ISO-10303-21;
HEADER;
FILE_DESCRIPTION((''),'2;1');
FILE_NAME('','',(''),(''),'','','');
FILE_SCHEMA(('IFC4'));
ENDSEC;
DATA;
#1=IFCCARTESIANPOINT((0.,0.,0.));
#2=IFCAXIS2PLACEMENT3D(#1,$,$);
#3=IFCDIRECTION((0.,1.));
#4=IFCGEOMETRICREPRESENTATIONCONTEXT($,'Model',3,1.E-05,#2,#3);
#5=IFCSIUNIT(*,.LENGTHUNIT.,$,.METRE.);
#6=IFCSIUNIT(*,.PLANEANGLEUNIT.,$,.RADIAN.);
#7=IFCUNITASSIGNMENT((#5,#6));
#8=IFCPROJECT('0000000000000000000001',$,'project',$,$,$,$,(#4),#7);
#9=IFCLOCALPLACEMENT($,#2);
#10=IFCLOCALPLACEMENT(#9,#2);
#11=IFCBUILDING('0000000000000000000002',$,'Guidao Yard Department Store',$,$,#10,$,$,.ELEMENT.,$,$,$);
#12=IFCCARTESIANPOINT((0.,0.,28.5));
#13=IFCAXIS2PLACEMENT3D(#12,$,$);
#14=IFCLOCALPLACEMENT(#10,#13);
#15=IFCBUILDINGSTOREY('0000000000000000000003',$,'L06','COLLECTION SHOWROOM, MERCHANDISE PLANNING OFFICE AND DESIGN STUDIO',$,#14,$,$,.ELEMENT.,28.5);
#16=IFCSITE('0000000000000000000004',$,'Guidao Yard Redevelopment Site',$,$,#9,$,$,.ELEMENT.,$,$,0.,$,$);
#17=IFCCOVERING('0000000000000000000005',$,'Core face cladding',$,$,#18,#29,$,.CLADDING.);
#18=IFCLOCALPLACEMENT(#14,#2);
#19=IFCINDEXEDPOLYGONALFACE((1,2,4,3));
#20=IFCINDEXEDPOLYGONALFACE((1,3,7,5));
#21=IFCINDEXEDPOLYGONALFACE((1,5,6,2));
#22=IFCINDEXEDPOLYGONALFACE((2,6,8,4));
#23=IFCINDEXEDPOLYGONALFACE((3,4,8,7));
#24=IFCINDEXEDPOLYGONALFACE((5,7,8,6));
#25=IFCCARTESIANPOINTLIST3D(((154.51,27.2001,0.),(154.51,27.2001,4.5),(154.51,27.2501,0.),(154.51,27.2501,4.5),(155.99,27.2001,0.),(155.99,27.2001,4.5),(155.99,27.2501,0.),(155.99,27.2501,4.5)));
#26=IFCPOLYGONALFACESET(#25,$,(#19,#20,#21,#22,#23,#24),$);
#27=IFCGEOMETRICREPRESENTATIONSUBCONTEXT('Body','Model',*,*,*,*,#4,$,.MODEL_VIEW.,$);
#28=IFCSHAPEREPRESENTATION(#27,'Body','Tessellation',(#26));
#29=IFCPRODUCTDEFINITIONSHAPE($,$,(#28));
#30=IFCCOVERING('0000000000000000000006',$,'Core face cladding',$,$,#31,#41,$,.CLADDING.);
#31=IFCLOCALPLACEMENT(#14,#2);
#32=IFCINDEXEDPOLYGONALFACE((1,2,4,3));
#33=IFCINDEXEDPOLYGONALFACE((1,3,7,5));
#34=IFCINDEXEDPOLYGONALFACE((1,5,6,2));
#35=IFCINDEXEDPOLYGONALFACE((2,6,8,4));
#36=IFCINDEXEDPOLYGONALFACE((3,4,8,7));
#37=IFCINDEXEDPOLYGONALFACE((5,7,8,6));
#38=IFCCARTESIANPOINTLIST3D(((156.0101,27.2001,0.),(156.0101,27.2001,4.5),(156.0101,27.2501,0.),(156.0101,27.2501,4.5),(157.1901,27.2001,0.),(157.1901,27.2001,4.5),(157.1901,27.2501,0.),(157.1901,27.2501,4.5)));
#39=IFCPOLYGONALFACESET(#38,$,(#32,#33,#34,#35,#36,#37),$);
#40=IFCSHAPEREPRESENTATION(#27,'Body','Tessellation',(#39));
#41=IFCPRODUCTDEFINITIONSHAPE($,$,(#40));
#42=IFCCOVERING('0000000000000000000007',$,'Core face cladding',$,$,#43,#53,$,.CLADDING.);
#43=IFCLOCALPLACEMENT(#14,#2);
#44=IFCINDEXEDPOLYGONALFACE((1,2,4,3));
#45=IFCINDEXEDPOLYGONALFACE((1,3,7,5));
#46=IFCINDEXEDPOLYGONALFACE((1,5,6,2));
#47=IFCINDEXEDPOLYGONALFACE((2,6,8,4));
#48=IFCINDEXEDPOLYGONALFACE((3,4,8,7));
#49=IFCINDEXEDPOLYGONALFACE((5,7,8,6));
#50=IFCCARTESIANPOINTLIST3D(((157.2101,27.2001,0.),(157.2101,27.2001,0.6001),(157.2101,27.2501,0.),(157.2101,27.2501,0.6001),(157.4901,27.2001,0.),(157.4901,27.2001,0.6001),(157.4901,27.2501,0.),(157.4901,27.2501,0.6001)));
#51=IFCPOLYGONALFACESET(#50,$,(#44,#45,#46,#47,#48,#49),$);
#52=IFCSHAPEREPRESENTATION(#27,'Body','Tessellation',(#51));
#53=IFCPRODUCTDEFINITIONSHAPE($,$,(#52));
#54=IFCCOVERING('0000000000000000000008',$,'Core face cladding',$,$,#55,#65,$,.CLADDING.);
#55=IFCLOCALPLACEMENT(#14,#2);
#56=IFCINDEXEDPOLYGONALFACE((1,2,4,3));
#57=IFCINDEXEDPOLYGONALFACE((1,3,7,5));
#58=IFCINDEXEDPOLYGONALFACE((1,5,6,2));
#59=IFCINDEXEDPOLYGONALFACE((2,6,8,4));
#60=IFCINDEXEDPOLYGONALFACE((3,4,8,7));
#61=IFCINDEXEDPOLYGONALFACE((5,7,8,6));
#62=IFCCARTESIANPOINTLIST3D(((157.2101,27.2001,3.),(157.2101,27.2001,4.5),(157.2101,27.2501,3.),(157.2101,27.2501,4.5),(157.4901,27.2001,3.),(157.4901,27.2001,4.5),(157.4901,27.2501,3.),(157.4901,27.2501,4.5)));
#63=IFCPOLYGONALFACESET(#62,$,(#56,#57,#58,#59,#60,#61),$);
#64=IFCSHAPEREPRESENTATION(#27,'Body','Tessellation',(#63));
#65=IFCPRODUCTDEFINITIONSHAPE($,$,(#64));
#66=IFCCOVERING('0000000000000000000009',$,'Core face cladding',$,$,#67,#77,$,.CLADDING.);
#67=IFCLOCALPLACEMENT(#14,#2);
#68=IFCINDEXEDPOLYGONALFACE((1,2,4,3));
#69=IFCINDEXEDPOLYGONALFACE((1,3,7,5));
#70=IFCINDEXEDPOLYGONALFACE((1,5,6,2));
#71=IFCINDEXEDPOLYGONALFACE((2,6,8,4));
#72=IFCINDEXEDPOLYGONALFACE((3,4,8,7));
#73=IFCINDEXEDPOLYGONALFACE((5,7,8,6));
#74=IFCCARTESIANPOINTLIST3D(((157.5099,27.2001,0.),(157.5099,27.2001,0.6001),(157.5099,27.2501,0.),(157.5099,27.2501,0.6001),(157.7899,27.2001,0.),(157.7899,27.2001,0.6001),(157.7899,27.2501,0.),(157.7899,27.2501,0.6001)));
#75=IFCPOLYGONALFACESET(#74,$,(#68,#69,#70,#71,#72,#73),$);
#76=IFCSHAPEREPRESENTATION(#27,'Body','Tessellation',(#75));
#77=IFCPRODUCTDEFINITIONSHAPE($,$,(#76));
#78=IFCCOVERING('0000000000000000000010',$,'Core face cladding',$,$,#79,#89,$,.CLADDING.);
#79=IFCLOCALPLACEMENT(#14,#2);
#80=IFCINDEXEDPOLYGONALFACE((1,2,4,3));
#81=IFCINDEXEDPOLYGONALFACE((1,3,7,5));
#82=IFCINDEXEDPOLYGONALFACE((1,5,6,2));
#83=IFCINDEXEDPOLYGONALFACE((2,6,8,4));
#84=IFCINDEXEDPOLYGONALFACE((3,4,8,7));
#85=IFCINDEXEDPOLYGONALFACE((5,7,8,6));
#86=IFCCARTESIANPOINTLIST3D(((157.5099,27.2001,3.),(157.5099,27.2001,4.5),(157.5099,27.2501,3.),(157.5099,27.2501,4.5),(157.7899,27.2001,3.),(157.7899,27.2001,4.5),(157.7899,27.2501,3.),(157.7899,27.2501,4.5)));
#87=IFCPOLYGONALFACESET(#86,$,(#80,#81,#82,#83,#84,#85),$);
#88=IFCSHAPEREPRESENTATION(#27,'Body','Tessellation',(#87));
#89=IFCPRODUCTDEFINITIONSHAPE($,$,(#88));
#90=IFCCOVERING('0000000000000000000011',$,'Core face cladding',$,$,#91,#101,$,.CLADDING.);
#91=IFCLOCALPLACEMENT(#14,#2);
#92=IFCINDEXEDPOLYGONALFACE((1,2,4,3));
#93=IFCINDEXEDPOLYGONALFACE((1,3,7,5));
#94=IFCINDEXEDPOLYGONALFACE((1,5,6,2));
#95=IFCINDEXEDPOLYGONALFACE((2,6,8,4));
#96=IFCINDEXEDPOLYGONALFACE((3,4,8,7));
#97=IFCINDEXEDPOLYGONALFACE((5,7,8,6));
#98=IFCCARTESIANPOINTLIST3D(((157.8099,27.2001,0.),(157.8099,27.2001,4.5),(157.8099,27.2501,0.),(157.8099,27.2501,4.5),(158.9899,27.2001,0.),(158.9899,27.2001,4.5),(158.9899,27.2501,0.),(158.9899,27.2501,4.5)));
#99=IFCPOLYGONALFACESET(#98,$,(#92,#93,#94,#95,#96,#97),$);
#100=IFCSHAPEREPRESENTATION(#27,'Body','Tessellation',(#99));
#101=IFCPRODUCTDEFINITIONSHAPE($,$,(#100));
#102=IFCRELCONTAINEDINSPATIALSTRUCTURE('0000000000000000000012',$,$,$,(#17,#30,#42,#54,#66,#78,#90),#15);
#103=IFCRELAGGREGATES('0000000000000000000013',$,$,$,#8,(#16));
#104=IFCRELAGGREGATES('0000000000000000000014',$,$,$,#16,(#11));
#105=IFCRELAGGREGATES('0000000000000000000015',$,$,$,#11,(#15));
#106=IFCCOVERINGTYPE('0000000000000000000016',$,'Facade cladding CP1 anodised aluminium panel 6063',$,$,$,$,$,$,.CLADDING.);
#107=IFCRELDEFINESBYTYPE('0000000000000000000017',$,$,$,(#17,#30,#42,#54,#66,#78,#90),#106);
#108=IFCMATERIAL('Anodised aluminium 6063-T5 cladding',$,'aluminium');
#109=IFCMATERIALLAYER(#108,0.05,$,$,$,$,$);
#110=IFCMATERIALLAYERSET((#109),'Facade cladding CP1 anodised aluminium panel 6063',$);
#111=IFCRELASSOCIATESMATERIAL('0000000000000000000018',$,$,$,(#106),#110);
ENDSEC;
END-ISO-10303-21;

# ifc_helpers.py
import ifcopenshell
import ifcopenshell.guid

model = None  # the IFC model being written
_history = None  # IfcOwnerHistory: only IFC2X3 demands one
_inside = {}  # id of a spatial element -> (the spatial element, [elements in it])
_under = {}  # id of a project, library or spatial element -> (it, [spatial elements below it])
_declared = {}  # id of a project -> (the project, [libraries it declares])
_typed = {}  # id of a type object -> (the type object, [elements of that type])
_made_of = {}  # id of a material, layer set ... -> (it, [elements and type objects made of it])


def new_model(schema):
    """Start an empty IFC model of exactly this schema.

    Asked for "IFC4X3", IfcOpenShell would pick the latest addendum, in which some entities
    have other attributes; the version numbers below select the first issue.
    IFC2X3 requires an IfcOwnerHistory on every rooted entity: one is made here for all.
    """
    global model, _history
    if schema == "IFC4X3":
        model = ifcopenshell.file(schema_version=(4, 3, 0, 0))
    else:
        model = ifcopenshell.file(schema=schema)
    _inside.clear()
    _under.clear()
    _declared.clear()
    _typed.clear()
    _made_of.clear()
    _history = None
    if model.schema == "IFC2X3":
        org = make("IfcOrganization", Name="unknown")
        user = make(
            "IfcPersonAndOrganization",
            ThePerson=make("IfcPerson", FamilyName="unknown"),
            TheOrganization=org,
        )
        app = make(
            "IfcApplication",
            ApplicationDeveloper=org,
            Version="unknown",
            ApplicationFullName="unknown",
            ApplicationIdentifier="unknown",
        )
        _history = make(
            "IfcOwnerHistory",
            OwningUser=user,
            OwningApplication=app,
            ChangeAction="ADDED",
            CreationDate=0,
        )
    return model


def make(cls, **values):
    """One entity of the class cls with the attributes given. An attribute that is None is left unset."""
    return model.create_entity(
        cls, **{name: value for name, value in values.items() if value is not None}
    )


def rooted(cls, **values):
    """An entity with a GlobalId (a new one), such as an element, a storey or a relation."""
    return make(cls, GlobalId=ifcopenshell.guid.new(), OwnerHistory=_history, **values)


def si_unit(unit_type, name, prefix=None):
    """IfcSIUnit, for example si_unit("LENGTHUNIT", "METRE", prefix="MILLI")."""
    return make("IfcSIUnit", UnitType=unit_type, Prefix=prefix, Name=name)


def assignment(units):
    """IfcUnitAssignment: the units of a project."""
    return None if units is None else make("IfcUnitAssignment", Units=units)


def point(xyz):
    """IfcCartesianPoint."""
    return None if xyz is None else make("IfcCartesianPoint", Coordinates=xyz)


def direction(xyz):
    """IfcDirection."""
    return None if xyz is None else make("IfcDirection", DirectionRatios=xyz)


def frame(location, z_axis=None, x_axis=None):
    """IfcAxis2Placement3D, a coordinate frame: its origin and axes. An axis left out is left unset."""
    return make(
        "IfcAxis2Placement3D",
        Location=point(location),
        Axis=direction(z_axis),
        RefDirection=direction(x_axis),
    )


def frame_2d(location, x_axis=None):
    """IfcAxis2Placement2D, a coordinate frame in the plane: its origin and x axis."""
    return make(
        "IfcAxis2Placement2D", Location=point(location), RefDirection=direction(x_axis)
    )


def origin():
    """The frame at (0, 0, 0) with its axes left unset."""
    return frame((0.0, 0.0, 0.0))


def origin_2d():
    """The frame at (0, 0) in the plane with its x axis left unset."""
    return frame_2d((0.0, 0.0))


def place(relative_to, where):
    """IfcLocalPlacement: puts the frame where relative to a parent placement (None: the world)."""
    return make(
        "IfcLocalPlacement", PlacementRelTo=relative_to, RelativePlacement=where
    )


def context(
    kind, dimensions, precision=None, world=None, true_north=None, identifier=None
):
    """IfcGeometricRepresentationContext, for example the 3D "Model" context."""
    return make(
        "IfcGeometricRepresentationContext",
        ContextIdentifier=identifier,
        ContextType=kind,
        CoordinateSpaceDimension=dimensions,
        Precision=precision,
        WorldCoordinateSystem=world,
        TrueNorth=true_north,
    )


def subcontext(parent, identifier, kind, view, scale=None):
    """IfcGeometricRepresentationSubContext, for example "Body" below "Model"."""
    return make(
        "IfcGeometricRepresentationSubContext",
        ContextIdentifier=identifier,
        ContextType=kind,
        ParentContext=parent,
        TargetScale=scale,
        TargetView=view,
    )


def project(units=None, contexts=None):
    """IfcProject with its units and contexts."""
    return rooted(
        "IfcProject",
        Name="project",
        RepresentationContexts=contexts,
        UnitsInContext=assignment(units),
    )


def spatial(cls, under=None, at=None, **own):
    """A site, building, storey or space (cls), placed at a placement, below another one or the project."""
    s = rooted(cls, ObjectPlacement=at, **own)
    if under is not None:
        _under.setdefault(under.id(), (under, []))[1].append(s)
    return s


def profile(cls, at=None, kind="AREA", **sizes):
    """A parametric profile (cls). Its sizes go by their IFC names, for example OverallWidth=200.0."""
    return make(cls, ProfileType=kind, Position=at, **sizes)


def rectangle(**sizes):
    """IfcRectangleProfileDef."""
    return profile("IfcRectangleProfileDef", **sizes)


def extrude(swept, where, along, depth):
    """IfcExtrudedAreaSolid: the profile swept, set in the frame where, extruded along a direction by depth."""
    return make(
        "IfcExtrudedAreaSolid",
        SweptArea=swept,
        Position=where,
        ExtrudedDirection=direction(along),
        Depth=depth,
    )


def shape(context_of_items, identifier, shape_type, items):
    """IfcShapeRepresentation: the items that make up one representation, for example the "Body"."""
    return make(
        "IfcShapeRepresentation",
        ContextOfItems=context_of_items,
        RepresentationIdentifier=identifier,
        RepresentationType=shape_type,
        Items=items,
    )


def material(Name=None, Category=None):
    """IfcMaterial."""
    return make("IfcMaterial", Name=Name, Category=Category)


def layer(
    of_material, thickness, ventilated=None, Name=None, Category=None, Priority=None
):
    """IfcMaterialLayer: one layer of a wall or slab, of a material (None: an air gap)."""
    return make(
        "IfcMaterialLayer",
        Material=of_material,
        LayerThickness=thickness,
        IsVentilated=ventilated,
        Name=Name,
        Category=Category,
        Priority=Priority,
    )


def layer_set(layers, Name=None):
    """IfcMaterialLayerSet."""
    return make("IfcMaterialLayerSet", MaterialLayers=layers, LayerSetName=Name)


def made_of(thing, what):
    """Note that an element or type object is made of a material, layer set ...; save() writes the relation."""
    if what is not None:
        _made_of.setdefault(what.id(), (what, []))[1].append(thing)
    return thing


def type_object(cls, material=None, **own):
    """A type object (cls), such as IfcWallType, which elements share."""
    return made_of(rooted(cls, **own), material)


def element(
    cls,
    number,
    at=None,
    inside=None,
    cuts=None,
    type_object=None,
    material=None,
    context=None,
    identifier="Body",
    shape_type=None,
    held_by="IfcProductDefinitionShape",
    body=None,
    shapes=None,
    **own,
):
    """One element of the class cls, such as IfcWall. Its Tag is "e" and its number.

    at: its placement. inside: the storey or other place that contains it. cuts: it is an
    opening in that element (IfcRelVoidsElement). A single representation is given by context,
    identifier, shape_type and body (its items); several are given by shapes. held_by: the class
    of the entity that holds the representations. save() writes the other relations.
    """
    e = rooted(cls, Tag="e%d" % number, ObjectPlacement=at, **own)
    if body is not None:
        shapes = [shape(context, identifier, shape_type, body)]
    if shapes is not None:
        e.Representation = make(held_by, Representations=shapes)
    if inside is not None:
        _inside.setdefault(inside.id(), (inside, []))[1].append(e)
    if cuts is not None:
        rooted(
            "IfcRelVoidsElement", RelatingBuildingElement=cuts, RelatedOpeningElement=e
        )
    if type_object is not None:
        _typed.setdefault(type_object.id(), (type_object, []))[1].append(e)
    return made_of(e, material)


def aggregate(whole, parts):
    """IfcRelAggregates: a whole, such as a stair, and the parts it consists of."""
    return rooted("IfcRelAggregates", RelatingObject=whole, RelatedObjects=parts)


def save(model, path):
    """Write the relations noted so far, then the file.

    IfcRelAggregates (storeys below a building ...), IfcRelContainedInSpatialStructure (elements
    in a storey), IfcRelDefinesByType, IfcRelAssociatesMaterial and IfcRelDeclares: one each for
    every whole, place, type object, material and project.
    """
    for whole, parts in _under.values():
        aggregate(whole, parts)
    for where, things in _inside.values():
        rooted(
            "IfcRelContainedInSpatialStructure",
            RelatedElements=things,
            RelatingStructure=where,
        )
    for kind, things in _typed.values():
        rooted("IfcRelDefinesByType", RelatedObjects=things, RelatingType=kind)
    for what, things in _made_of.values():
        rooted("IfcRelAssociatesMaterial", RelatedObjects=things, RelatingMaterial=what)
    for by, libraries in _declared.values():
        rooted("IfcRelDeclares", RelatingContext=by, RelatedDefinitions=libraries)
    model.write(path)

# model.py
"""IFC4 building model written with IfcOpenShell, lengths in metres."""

from ifc_helpers import new_model, si_unit, direction, frame, origin, origin_2d, place, context, subcontext, project, spatial, rectangle, extrude, material, layer, layer_set, type_object, element, save


model = new_model("IFC4")

# Units and contexts
model_context = context("Model", 3, precision=1e-05, world=origin(), true_north=direction((0.0, 1.0)))
body_context = subcontext(model_context, "Body", "Model", "MODEL_VIEW")
ifc_project = project(units=[si_unit("LENGTHUNIT", "METRE"), si_unit("PLANEANGLEUNIT", "RADIAN")], contexts=[model_context])

# Site, building, storey
site_placement = place(None, origin())
site = spatial("IfcSite", under=ifc_project, at=site_placement, Name="Guidao Yard Redevelopment Site", CompositionType="ELEMENT", RefElevation=0.0)
building_placement = place(site_placement, origin())
building = spatial("IfcBuilding", under=site, at=building_placement, Name="Guidao Yard Department Store", CompositionType="ELEMENT")
storey_placement = place(building_placement, frame((0.0, 0.0, 28.5)))
storey = spatial("IfcBuildingStorey", under=building, at=storey_placement, Name="L06", Description="COLLECTION SHOWROOM, MERCHANDISE PLANNING OFFICE AND DESIGN STUDIO", CompositionType="ELEMENT", Elevation=28.5)

# Coverings
ifc_material_1 = material(Name="Anodised aluminium 6063-T5 cladding", Category="aluminium")
ifc_layer_1 = layer(ifc_material_1, 0.05)
ifc_layer_set_1 = layer_set([ifc_layer_1], Name="Facade cladding CP1 anodised aluminium panel 6063")
covering_type = type_object("IfcCoveringType", Name="Facade cladding CP1 anodised aluminium panel 6063", PredefinedType="CLADDING", material=ifc_layer_set_1)
for number, where, z_axis, x_axis, name in (
    (1, (155.25, 27.2251, 0.0), (0.0, 0.0, 1.0), (1.0, 0.0, 0.0), "Core face cladding"),
):
    element("IfcCovering", number, at=place(storey_placement, frame(where, z_axis=z_axis, x_axis=x_axis)), inside=storey, type_object=covering_type, Name=name, PredefinedType="CLADDING", context=body_context, shape_type="SweptSolid", body=[
        extrude(rectangle(XDim=1.48, YDim=0.05, at=origin_2d()), origin(), (0.0, 0.0, 1.0), 4.5),
    ])
covering_1_placement = place(storey_placement, frame((156.6001, 27.2251, 0.0), z_axis=(0.0, 0.0, 1.0), x_axis=(1.0, 0.0, 0.0)))
element("IfcCovering", 2, at=covering_1_placement, inside=storey, type_object=covering_type, Name="Core face cladding", PredefinedType="CLADDING", context=body_context, shape_type="SweptSolid", body=[
    extrude(rectangle(XDim=1.1799, YDim=0.05, at=origin_2d()), origin(), (0.0, 0.0, 1.0), 4.5),
])
covering_2_placement = place(storey_placement, frame((157.3501, 27.2251, 0.0), z_axis=(0.0, 0.0, 1.0), x_axis=(1.0, 0.0, 0.0)))
element("IfcCovering", 3, at=covering_2_placement, inside=storey, type_object=covering_type, Name="Core face cladding", PredefinedType="CLADDING", context=body_context, shape_type="SweptSolid", body=[
    extrude(rectangle(XDim=0.28, YDim=0.05, at=origin_2d()), origin(), (0.0, 0.0, 1.0), 0.6001),
])
covering_3_placement = place(storey_placement, frame((157.3501, 27.2251, 3.0), z_axis=(0.0, 0.0, 1.0), x_axis=(1.0, 0.0, 0.0)))
element("IfcCovering", 4, at=covering_3_placement, inside=storey, type_object=covering_type, Name="Core face cladding", PredefinedType="CLADDING", context=body_context, shape_type="SweptSolid", body=[
    extrude(rectangle(XDim=0.28, YDim=0.05, at=origin_2d()), origin(), (0.0, 0.0, 1.0), 1.5),
])
covering_4_placement = place(storey_placement, frame((157.6499, 27.2251, 0.0), z_axis=(0.0, 0.0, 1.0), x_axis=(1.0, 0.0, 0.0)))
element("IfcCovering", 5, at=covering_4_placement, inside=storey, type_object=covering_type, Name="Core face cladding", PredefinedType="CLADDING", context=body_context, shape_type="SweptSolid", body=[
    extrude(rectangle(XDim=0.28, YDim=0.05, at=origin_2d()), origin(), (0.0, 0.0, 1.0), 0.6001),
])
covering_5_placement = place(storey_placement, frame((157.6499, 27.2251, 3.0), z_axis=(0.0, 0.0, 1.0), x_axis=(1.0, 0.0, 0.0)))
element("IfcCovering", 6, at=covering_5_placement, inside=storey, type_object=covering_type, Name="Core face cladding", PredefinedType="CLADDING", context=body_context, shape_type="SweptSolid", body=[
    extrude(rectangle(XDim=0.28, YDim=0.05, at=origin_2d()), origin(), (0.0, 0.0, 1.0), 1.5),
])
covering_6_placement = place(storey_placement, frame((158.3999, 27.2251, 0.0), z_axis=(0.0, 0.0, 1.0), x_axis=(1.0, 0.0, 0.0)))
element("IfcCovering", 7, at=covering_6_placement, inside=storey, type_object=covering_type, Name="Core face cladding", PredefinedType="CLADDING", context=body_context, shape_type="SweptSolid", body=[
    extrude(rectangle(XDim=1.1799, YDim=0.05, at=origin_2d()), origin(), (0.0, 0.0, 1.0), 4.5),
])

save(model, "model.ifc")
